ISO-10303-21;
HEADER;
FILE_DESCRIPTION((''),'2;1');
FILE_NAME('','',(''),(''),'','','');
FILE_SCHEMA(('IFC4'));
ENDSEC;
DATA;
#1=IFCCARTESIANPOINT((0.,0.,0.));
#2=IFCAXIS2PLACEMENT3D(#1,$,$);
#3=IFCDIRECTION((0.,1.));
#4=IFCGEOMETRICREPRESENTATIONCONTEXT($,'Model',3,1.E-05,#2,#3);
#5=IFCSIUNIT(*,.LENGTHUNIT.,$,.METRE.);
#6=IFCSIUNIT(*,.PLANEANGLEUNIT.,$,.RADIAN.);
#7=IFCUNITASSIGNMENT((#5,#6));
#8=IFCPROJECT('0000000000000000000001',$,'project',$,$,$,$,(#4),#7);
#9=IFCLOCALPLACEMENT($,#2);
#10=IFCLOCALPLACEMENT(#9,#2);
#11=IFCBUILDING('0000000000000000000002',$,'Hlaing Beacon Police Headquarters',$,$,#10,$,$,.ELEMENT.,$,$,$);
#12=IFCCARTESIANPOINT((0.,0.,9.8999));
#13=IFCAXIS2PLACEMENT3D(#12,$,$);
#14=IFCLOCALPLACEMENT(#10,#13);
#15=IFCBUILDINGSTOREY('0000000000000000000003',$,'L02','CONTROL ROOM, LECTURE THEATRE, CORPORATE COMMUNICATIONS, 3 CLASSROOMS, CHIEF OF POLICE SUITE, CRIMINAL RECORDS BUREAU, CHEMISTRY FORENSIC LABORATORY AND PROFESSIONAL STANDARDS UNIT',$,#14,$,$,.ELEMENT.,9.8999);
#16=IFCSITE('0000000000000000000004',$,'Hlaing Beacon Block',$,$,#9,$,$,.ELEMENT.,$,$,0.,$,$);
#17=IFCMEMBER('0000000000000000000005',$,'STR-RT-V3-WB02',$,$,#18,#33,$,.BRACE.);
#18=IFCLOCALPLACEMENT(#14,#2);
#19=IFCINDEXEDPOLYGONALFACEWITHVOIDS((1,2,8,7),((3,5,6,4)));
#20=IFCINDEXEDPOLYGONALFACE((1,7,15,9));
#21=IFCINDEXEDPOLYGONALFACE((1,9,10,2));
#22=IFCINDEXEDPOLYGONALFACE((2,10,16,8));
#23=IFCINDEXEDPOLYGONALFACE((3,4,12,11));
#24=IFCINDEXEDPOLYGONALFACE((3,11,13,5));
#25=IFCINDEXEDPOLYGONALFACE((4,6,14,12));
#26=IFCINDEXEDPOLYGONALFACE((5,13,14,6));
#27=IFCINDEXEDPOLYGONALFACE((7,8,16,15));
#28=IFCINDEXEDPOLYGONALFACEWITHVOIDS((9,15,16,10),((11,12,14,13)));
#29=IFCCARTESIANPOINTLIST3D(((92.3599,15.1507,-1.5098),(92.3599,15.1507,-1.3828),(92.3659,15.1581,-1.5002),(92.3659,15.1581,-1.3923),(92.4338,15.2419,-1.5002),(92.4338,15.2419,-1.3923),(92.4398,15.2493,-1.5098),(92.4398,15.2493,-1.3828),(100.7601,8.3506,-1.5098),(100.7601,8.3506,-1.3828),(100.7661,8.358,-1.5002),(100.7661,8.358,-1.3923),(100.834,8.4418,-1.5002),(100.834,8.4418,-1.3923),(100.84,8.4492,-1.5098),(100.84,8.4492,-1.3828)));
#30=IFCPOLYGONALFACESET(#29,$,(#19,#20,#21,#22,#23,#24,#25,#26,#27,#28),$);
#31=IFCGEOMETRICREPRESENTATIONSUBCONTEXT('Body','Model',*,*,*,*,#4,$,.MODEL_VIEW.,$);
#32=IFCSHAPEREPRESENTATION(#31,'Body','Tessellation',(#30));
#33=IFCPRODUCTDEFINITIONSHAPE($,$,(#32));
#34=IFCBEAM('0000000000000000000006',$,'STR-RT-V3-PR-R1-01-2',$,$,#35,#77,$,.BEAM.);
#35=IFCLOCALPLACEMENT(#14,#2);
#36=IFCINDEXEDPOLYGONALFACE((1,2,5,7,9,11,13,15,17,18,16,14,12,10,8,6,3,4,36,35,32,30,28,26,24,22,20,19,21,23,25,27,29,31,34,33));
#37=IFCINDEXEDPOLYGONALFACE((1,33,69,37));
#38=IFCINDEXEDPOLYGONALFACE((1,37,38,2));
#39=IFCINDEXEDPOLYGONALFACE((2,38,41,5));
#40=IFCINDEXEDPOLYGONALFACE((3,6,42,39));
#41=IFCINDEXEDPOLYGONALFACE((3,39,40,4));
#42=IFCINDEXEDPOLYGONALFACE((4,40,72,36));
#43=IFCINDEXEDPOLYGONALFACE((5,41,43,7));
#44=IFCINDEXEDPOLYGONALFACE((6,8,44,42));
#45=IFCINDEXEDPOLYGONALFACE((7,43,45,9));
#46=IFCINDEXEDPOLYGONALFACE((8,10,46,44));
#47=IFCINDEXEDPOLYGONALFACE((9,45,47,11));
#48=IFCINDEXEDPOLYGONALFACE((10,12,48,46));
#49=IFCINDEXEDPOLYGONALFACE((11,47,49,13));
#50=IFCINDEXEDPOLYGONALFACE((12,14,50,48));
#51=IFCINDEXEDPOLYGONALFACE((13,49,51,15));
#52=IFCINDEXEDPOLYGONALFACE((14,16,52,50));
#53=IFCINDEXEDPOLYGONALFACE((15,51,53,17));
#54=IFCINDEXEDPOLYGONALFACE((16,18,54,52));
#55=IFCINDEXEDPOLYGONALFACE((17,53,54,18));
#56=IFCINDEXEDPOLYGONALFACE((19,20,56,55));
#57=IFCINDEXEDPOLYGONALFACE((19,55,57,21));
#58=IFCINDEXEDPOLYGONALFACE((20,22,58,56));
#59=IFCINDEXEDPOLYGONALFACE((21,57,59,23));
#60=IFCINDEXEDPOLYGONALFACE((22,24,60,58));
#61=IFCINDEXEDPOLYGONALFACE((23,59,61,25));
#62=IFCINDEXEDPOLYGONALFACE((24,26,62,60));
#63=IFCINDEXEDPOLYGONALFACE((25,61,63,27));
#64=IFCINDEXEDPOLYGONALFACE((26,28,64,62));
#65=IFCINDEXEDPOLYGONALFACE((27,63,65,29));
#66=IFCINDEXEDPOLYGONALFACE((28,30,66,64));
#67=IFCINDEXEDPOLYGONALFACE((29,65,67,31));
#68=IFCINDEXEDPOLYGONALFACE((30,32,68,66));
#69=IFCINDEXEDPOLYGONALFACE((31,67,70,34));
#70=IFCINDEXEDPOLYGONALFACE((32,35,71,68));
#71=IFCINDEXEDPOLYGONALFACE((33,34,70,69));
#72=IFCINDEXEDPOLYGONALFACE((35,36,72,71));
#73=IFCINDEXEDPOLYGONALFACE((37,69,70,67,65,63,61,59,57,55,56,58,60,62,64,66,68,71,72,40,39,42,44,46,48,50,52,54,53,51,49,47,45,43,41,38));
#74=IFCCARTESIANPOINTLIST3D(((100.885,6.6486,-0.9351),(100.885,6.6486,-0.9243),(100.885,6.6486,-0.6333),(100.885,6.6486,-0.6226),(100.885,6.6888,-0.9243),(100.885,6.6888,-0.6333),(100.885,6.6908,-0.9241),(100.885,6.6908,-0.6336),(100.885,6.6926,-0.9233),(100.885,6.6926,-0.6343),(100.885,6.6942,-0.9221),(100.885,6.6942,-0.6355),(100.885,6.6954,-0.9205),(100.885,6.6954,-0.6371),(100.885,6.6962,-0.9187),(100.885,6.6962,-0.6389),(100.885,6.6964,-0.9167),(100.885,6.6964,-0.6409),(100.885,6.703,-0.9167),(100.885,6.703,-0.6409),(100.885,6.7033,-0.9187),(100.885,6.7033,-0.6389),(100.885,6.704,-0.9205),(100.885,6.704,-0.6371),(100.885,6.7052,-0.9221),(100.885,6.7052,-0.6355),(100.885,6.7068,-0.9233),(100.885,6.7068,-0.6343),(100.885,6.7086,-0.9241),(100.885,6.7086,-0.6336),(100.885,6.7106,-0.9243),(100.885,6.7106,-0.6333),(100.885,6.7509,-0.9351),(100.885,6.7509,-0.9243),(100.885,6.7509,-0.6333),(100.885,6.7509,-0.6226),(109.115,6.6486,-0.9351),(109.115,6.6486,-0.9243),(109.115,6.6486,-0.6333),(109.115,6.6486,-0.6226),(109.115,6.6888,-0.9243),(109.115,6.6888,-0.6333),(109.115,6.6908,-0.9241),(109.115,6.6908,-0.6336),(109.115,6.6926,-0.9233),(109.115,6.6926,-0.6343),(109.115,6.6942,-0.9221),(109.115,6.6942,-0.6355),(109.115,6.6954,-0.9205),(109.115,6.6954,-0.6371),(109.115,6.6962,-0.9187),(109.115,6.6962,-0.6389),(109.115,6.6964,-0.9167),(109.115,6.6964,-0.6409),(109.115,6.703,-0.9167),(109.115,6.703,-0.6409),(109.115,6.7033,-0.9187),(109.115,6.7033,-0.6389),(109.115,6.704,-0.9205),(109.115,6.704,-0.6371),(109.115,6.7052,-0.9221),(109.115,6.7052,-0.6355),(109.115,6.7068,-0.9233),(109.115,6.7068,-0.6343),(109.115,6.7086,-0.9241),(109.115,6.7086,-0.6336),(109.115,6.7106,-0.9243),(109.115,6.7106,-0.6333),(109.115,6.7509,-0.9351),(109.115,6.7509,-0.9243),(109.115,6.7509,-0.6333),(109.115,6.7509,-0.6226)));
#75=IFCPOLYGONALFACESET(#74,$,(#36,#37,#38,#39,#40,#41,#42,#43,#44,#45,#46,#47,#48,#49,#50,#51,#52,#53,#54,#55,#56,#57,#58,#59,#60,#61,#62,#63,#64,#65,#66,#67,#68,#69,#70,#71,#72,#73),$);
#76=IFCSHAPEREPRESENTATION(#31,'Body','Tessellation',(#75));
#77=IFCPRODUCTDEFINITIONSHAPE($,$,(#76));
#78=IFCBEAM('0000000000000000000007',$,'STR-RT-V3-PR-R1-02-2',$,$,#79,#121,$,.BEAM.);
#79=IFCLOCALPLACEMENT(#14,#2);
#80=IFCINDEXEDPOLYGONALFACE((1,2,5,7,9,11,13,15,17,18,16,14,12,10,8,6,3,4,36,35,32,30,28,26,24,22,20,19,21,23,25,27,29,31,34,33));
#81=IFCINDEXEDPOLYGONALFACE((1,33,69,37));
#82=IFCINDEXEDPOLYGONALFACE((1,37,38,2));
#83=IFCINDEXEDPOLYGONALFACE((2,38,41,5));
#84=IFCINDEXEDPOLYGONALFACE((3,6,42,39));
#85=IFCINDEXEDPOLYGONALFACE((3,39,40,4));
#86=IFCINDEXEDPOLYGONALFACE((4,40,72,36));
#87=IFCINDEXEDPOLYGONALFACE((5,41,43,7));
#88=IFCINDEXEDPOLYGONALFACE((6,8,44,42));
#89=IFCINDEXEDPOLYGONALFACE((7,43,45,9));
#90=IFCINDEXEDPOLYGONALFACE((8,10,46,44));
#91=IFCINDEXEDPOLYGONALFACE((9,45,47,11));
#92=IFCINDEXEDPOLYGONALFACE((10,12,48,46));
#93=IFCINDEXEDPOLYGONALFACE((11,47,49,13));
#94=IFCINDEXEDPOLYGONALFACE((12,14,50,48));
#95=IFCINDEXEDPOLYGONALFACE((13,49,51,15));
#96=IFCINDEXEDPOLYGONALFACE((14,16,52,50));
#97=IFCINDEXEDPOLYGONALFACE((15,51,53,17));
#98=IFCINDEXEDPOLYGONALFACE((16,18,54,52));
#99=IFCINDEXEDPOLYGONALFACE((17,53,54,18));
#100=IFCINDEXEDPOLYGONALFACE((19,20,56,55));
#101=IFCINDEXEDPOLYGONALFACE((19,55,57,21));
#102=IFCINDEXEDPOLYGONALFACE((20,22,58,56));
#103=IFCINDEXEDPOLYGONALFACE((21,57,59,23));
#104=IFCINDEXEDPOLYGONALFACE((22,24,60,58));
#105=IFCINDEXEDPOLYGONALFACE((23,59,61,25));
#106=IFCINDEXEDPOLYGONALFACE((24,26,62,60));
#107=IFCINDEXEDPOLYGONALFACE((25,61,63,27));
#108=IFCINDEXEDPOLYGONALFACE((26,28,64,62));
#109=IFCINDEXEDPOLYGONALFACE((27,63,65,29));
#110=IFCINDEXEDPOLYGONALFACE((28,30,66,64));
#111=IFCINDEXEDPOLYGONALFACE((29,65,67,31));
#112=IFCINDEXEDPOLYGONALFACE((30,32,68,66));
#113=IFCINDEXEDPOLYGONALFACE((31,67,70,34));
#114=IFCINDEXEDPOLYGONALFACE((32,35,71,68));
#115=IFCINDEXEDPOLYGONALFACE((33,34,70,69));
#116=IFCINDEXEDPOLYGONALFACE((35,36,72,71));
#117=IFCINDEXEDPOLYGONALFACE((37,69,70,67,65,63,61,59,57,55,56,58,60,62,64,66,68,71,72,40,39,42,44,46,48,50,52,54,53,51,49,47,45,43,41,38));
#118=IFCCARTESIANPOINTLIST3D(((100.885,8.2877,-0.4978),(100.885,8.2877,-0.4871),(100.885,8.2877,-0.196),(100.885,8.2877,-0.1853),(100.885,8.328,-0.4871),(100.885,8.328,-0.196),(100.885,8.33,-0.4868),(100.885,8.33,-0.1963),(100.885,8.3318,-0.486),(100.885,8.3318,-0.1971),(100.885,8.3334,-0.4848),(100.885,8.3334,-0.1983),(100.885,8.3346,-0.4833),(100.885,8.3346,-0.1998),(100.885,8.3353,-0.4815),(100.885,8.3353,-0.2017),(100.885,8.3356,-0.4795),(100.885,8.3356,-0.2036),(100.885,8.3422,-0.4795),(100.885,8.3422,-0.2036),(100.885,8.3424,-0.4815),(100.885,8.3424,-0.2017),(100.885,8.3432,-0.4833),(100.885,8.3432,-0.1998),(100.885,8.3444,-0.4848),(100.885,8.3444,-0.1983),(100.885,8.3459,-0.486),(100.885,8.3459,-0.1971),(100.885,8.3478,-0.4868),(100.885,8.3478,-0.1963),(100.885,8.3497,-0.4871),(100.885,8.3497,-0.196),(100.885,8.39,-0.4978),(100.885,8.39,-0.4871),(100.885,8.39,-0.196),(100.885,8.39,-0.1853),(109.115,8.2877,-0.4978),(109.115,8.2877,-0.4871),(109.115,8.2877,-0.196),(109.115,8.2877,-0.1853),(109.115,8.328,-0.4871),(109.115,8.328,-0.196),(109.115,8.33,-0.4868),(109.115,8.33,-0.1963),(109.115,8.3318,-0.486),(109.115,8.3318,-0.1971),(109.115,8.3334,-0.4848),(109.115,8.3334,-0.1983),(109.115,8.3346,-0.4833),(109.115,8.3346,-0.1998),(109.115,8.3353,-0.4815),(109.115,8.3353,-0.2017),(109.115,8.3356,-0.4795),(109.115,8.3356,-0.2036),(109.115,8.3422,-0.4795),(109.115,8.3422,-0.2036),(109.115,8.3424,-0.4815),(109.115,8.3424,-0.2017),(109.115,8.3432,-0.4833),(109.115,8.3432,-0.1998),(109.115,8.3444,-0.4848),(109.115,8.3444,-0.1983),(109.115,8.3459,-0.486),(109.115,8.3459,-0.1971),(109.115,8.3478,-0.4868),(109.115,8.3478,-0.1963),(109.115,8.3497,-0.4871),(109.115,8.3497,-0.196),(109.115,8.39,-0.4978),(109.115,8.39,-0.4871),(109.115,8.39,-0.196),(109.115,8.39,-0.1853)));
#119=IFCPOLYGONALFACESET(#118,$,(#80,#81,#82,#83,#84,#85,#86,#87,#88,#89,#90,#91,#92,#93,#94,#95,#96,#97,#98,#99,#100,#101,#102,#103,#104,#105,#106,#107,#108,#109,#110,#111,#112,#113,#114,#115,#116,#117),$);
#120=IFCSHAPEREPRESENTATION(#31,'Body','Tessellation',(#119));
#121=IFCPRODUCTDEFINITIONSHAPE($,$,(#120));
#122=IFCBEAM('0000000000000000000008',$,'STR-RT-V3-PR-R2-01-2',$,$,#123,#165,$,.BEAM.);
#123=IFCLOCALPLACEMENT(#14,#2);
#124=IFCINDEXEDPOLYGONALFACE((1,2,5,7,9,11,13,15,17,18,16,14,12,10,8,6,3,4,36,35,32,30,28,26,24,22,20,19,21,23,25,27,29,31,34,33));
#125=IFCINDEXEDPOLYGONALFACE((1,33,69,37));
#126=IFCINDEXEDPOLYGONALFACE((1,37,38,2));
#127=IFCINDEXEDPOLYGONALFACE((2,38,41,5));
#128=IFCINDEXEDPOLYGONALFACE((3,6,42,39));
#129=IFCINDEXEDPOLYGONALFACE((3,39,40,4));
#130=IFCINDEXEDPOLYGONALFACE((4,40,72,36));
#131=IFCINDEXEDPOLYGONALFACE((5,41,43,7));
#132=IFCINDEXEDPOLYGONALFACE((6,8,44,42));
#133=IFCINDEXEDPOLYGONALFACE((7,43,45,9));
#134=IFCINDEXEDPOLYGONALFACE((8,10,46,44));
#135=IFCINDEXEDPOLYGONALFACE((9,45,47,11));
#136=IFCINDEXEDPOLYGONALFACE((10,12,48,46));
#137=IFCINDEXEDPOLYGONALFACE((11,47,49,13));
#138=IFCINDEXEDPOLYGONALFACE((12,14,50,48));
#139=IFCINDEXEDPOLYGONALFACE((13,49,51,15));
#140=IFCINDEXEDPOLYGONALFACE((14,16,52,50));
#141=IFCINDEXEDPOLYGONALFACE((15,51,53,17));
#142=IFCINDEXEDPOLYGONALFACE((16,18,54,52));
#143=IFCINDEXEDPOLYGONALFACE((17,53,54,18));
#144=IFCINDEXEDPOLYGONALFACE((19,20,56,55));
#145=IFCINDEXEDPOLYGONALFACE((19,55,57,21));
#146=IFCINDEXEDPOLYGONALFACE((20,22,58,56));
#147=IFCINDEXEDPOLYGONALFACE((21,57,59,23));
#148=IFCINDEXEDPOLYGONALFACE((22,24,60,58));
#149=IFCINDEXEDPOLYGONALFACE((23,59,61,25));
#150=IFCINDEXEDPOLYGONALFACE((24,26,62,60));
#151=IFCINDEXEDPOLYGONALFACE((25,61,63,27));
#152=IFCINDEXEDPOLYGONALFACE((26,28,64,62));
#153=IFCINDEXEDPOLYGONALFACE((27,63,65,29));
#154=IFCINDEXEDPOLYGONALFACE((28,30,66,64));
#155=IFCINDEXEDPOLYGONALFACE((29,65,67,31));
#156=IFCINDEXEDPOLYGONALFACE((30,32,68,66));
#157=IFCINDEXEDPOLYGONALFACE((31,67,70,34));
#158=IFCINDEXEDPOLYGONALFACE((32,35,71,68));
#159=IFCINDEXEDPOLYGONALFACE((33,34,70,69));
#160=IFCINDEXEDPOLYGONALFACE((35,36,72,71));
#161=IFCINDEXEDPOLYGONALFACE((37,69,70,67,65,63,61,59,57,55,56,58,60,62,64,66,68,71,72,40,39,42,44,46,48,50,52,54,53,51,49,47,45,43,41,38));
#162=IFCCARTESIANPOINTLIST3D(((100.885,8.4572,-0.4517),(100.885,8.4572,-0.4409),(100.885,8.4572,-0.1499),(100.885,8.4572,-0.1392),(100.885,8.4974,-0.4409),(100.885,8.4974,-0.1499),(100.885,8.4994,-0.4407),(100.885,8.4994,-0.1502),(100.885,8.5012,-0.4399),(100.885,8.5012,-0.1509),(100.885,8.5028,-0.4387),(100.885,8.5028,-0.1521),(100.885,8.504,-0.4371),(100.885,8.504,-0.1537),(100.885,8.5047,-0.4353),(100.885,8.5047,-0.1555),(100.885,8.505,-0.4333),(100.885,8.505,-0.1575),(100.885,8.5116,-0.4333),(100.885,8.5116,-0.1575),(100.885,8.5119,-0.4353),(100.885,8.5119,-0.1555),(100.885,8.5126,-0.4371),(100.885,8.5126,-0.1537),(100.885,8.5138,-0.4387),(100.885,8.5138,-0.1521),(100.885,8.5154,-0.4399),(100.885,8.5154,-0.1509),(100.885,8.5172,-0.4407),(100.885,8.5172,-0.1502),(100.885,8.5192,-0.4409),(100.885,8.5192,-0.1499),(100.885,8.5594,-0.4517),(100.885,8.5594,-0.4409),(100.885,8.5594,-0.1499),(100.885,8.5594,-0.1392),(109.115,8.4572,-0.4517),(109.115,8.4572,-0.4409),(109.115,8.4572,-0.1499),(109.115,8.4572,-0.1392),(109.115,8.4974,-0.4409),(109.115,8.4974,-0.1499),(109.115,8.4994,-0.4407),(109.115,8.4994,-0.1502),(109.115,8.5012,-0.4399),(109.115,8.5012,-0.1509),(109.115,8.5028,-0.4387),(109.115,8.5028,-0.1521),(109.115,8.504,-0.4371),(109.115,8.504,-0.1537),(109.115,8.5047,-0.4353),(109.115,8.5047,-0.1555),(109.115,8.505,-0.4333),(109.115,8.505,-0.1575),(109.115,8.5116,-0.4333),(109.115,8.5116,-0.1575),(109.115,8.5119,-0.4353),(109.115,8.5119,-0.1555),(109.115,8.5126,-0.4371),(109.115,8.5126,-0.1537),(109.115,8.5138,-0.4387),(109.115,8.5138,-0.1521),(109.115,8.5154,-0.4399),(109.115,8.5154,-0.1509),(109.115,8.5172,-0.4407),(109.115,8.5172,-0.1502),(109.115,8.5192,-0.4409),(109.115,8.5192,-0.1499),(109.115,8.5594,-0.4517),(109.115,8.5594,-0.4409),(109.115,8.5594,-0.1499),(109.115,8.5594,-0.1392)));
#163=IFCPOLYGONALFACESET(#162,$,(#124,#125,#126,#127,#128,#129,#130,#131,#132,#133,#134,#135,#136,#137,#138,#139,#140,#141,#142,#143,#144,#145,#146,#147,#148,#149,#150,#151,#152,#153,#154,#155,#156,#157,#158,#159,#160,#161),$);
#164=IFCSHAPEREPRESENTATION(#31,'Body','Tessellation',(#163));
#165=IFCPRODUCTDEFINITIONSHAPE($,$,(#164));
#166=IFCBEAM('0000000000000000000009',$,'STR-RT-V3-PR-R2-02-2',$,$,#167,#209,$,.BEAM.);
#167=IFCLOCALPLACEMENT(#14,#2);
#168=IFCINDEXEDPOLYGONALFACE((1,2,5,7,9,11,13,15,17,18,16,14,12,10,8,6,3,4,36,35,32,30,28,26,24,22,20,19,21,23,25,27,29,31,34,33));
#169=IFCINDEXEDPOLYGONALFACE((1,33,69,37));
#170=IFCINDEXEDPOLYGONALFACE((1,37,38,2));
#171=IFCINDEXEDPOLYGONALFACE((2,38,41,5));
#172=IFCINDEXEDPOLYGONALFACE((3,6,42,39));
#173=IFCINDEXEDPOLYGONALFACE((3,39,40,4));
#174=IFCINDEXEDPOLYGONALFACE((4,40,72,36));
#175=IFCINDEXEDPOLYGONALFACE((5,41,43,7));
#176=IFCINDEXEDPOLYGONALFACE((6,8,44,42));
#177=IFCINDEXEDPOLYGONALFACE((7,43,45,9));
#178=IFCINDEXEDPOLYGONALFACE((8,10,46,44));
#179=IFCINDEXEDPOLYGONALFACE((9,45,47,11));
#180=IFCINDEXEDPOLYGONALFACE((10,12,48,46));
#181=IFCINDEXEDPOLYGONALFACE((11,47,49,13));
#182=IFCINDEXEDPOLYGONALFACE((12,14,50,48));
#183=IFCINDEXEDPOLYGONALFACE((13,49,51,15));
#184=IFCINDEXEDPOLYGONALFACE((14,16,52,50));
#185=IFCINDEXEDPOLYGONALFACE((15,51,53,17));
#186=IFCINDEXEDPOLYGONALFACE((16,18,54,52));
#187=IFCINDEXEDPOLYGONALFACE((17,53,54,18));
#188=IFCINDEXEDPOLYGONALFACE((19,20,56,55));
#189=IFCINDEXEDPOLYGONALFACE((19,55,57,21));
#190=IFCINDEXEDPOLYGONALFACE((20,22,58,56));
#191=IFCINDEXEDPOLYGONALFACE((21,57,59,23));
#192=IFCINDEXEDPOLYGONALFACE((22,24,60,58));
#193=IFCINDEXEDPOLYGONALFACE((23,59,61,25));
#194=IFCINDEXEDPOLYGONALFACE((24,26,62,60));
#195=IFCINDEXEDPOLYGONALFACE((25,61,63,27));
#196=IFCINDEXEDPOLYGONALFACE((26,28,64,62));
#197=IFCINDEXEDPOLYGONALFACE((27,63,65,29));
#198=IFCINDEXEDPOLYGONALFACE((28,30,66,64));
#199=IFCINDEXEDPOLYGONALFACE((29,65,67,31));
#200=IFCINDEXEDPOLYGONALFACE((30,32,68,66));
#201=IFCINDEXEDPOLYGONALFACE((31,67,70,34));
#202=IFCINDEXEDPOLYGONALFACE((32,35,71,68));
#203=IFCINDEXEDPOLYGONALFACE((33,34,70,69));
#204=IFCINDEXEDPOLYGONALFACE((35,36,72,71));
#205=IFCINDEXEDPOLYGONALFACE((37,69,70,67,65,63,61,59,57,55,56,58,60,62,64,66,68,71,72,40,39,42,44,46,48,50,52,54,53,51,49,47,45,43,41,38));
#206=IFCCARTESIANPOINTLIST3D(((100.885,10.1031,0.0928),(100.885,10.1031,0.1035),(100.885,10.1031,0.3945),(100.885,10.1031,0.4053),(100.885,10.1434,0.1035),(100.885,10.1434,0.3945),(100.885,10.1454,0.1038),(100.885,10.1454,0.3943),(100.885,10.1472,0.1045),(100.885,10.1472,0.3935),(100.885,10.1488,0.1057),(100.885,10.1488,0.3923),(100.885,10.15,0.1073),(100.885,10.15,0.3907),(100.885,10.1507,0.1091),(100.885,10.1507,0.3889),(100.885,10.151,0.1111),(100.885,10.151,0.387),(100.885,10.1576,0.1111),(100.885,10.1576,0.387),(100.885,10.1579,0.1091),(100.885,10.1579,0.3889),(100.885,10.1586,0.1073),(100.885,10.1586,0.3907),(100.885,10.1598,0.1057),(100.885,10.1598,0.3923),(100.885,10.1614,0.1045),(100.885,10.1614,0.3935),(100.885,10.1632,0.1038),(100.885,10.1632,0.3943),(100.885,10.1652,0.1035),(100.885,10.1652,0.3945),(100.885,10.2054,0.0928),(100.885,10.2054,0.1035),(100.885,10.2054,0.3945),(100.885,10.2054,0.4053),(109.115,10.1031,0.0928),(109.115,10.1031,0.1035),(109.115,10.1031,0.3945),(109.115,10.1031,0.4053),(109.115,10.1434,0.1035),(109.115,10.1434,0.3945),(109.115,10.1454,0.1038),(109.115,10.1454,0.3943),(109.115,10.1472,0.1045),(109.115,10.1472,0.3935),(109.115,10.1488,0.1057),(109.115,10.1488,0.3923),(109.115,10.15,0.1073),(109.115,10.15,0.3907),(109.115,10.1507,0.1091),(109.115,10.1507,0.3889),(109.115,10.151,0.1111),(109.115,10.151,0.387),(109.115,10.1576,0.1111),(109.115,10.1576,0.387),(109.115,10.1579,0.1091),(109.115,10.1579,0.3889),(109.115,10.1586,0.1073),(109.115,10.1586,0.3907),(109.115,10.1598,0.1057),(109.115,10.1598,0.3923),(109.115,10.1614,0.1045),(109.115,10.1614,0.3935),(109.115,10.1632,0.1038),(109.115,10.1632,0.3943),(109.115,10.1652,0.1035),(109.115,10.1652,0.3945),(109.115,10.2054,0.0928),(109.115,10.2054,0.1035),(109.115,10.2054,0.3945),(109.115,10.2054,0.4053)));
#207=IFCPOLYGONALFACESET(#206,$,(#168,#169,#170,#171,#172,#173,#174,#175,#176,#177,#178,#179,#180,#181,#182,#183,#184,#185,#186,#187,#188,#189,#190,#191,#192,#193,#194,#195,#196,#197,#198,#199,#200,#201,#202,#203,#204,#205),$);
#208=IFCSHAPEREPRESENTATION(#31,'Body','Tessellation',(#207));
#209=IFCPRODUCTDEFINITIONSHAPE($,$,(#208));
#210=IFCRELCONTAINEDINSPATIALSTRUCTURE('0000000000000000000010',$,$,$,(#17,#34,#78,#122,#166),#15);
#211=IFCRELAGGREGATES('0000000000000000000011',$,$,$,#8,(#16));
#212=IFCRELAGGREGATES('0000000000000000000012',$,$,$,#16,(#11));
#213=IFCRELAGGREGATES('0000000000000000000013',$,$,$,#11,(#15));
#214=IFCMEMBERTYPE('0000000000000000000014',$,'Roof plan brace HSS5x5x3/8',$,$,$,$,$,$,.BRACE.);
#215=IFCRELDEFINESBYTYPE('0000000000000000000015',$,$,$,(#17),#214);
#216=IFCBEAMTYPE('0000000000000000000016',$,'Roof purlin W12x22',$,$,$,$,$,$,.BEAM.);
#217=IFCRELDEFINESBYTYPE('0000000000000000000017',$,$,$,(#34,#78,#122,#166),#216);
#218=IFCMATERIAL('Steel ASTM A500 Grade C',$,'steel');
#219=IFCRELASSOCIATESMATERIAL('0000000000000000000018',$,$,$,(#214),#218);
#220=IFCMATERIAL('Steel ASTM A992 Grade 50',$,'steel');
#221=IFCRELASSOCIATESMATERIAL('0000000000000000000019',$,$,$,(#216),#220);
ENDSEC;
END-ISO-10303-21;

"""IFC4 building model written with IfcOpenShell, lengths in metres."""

from ifc_helpers import new_model, si_unit, direction, frame, origin, origin_2d, place, context, subcontext, project, spatial, hollow_rectangle, i_section, extrude, material, material_profile, profile_set, type_object, element, save


model = new_model("IFC4")

# Units and contexts
model_context = context("Model", 3, precision=1e-05, world=origin(), true_north=direction((0.0, 1.0)))
body_context = subcontext(model_context, "Body", "Model", "MODEL_VIEW")
ifc_project = project(units=[si_unit("LENGTHUNIT", "METRE"), si_unit("PLANEANGLEUNIT", "RADIAN")], contexts=[model_context])

# Site, building, storey
site_placement = place(None, origin())
site = spatial("IfcSite", under=ifc_project, at=site_placement, Name="Hlaing Beacon Block", CompositionType="ELEMENT", RefElevation=0.0)
building_placement = place(site_placement, origin())
building = spatial("IfcBuilding", under=site, at=building_placement, Name="Hlaing Beacon Police Headquarters", CompositionType="ELEMENT")
storey_placement = place(building_placement, frame((0.0, 0.0, 9.8999)))
storey = spatial("IfcBuildingStorey", under=building, at=storey_placement, Name="L02", Description="CONTROL ROOM, LECTURE THEATRE, CORPORATE COMMUNICATIONS, 3 CLASSROOMS, CHIEF OF POLICE SUITE, CRIMINAL RECORDS BUREAU, CHEMISTRY FORENSIC LABORATORY AND PROFESSIONAL STANDARDS UNIT", CompositionType="ELEMENT", Elevation=9.8999)

# Member
ifc_material_1 = material(Name="Steel ASTM A500 Grade C", Category="steel")
ifc_material_profile_1 = material_profile(ifc_material_1, hollow_rectangle(XDim=0.127, YDim=0.127, WallThickness=0.0095, at=origin_2d()), Name="HSS5x5x3/8")
ifc_profile_set_1 = profile_set([ifc_material_profile_1], Name="Steel ASTM A500 Grade C")
member_type_1 = type_object("IfcMemberType", Name="Roof plan brace HSS5x5x3/8", PredefinedType="BRACE", material=ifc_profile_set_1)
member_1_placement = place(storey_placement, frame((100.8, 8.3999, -1.4463), z_axis=(-0.777248, 0.629194, 0.0), x_axis=(-0.629194, -0.777248, 0.0)))
element("IfcMember", 1, at=member_1_placement, inside=storey, type_object=member_type_1, Name="STR-RT-V3-WB02", PredefinedType="BRACE", context=body_context, shape_type="SweptSolid", body=[
    extrude(hollow_rectangle(XDim=0.127, YDim=0.127, WallThickness=0.0095, at=origin_2d()), origin(), (0.0, 0.0, 1.0), 10.8076),
])

# Beams
ifc_material_2 = material(Name="Steel ASTM A992 Grade 50", Category="steel")
ifc_material_profile_2 = material_profile(ifc_material_2, i_section(OverallWidth=0.1023, OverallDepth=0.3125, WebThickness=0.0066, FlangeThickness=0.0107, FilletRadius=0.0076, at=origin_2d()), Name="W12x22")
ifc_profile_set_2 = profile_set([ifc_material_profile_2], Name="Steel ASTM A992 Grade 50")
beam_type_1 = type_object("IfcBeamType", Name="Roof purlin W12x22", PredefinedType="BEAM", material=ifc_profile_set_2)
for number, where, z_axis, x_axis, name in (
    (2, (100.885, 6.6997, -0.7788), (1.0, 0.0, 0.0), (0.0, 1.0, 0.0), "STR-RT-V3-PR-R1-01-2"),
    (3, (100.885, 8.3389, -0.3416), (1.0, 0.0, 0.0), (0.0, 1.0, 0.0), "STR-RT-V3-PR-R1-02-2"),
    (4, (100.885, 8.5083, -0.2954), (1.0, 0.0, 0.0), (0.0, 1.0, 0.0), "STR-RT-V3-PR-R2-01-2"),
    (5, (100.885, 10.1543, 0.249), (1.0, 0.0, 0.0), (0.0, 1.0, 0.0), "STR-RT-V3-PR-R2-02-2"),
):
    element("IfcBeam", number, at=place(storey_placement, frame(where, z_axis=z_axis, x_axis=x_axis)), inside=storey, type_object=beam_type_1, Name=name, PredefinedType="BEAM", context=body_context, shape_type="SweptSolid", body=[
        extrude(i_section(OverallWidth=0.1023, OverallDepth=0.3125, WebThickness=0.0066, FlangeThickness=0.0107, FilletRadius=0.0076, at=origin_2d()), origin(), (0.0, 0.0, 1.0), 8.23),
    ])

save(model, "model.ifc")
